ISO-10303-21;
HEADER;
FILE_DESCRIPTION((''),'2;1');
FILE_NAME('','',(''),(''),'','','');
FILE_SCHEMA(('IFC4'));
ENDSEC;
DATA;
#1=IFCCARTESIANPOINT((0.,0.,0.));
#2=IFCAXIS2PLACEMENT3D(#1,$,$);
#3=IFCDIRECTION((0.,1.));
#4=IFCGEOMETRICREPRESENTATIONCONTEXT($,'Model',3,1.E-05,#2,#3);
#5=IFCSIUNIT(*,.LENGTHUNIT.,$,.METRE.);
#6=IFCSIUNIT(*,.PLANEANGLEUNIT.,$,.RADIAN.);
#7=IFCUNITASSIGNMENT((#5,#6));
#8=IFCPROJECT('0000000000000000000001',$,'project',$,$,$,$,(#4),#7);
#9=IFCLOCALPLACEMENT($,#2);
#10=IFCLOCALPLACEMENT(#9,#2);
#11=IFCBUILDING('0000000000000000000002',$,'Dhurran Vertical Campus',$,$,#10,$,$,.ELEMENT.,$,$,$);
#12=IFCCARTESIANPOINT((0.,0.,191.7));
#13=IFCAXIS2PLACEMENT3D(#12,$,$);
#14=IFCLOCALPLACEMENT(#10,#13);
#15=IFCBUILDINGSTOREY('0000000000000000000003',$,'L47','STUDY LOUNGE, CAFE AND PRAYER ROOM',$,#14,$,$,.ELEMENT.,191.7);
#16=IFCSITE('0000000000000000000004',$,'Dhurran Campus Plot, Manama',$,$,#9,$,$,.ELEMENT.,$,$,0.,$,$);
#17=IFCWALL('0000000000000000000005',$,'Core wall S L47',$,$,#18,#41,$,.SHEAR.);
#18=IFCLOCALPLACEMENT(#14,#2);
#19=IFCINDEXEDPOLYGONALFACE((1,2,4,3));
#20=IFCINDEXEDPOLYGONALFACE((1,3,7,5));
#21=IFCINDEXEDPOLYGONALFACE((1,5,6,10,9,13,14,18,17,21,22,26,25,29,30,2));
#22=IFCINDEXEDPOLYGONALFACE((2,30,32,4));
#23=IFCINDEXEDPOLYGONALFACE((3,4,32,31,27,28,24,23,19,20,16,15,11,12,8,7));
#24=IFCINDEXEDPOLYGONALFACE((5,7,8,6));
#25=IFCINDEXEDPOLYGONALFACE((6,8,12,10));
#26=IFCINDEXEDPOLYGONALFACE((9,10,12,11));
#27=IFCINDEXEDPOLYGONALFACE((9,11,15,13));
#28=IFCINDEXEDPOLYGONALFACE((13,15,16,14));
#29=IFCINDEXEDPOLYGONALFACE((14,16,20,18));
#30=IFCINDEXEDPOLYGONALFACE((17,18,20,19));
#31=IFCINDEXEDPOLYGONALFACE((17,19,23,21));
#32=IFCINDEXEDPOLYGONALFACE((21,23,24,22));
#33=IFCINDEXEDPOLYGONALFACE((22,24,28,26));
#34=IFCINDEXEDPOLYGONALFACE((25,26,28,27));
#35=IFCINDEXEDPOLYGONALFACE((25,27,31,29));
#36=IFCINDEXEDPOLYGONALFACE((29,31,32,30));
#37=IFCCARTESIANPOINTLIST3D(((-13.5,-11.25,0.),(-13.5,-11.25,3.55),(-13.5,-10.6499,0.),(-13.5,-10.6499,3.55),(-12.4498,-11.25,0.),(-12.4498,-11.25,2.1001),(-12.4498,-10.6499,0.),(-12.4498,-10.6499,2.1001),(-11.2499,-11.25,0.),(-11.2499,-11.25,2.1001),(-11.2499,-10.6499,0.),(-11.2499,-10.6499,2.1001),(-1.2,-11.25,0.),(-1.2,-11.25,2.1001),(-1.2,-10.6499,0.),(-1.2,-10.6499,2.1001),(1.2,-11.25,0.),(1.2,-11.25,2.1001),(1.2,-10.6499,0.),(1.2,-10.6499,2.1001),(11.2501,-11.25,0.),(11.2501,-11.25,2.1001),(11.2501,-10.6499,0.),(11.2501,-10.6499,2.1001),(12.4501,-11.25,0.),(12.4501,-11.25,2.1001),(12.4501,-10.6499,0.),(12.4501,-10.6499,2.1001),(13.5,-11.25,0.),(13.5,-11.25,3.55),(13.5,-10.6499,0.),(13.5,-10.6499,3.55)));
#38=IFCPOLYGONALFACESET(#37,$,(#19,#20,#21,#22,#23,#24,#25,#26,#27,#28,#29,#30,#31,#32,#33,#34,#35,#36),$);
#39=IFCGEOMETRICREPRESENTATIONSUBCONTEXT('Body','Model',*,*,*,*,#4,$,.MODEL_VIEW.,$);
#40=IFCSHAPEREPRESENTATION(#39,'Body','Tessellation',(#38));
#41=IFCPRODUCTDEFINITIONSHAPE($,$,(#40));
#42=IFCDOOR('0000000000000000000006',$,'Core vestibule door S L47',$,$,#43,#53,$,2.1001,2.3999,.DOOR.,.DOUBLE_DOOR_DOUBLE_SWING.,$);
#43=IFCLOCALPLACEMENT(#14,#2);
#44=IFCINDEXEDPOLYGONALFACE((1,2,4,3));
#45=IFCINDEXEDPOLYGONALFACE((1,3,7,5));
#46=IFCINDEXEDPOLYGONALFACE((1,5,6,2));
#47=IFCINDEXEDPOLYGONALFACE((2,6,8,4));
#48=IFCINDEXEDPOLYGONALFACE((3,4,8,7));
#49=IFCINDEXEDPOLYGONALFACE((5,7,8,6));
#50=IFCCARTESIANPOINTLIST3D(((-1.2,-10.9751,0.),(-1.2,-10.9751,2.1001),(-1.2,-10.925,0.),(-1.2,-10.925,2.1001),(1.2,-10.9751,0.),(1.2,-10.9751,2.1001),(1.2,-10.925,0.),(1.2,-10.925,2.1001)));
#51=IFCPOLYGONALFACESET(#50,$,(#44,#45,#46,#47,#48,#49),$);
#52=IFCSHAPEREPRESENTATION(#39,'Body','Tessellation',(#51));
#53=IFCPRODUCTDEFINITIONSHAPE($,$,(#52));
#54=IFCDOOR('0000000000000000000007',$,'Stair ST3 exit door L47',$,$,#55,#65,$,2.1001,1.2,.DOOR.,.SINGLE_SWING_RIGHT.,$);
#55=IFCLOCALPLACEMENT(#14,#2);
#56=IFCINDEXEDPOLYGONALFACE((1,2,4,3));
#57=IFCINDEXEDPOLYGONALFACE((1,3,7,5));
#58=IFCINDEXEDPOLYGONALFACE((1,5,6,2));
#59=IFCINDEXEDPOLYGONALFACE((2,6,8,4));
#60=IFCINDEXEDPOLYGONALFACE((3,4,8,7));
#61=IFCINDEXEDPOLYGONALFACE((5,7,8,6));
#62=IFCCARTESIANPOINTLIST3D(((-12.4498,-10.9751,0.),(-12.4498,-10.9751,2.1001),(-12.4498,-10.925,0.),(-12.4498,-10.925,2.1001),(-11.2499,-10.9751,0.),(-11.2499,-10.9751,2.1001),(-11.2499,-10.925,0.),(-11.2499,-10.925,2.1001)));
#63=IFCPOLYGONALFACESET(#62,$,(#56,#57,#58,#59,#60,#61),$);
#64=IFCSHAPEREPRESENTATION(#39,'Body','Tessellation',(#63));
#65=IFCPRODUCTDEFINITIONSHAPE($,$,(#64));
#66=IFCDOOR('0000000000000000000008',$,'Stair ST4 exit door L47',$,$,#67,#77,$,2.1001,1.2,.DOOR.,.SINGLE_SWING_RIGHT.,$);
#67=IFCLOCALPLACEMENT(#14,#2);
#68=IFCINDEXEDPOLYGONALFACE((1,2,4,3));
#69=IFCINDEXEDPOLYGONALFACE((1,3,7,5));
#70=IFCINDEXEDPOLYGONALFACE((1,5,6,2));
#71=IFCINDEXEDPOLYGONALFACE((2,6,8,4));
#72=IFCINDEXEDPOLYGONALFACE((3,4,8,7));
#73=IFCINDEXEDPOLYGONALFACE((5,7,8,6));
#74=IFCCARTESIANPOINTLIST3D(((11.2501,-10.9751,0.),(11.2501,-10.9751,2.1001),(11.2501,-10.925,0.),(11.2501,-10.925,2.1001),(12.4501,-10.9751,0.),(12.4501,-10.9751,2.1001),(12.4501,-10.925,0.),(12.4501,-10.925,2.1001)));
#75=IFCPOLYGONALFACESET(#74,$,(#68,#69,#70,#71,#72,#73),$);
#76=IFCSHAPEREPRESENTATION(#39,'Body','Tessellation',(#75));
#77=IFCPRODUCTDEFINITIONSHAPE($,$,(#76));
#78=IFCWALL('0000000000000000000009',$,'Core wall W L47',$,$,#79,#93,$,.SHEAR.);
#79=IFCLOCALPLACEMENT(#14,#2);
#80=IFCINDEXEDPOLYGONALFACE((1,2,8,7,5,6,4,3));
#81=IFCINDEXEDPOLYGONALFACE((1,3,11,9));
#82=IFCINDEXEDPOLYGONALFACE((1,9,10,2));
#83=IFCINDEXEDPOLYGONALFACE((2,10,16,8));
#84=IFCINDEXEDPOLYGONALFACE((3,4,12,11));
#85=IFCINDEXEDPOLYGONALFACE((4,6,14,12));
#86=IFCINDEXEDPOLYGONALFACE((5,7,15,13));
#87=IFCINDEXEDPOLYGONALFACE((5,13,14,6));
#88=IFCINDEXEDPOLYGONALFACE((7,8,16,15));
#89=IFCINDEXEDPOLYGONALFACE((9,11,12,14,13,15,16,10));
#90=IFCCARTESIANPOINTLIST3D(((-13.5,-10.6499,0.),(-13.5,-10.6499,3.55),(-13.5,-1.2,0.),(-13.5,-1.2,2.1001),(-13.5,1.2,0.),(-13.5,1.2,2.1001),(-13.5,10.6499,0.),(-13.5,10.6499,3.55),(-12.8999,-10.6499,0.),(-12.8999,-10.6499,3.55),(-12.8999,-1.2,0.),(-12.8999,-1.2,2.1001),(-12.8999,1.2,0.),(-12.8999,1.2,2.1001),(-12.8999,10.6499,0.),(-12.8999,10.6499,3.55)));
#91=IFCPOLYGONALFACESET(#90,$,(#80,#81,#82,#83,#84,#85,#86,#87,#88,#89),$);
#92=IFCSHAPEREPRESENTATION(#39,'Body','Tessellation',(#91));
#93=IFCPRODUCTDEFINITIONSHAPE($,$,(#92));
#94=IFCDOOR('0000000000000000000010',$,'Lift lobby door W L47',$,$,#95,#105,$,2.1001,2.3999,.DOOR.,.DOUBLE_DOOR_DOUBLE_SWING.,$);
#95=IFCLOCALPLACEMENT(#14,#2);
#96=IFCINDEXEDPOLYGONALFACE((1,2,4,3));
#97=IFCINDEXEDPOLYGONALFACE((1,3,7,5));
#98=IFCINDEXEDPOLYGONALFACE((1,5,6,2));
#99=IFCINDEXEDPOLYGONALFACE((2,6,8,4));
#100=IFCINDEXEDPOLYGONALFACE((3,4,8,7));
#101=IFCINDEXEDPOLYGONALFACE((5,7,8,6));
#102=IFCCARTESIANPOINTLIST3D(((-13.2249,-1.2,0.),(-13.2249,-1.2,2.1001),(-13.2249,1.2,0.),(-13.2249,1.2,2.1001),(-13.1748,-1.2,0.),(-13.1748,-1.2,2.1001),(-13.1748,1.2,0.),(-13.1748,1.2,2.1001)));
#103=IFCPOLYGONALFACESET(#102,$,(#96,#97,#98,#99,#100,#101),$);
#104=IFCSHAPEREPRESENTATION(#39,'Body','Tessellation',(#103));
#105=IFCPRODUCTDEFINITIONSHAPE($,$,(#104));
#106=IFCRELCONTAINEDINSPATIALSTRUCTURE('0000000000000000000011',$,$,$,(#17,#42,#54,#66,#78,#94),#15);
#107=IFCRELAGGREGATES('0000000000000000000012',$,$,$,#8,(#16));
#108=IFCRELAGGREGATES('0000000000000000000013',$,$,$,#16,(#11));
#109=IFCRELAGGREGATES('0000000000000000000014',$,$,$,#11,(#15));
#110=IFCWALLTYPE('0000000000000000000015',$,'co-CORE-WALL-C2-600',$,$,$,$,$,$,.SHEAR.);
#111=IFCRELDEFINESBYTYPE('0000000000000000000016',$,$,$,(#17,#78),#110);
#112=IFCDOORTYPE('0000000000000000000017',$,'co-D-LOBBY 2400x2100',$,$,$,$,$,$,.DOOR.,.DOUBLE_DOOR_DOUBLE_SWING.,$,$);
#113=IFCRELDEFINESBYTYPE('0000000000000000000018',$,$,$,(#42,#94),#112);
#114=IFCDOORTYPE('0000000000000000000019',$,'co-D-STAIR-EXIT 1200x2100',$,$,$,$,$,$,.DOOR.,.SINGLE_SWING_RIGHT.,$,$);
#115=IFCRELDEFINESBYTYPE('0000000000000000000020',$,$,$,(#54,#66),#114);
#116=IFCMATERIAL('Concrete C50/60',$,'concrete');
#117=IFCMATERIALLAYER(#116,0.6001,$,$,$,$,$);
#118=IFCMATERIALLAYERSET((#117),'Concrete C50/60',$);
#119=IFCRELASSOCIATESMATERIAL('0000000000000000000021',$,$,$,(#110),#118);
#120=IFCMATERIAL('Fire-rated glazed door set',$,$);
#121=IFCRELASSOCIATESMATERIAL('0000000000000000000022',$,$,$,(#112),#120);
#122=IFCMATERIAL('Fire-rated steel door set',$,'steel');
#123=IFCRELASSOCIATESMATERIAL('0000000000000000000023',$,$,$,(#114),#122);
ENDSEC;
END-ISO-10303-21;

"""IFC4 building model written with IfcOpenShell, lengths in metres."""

from ifc_helpers import new_model, si_unit, direction, frame, frame_2d, origin, place, context, subcontext, project, spatial, rectangle, extrude, material, layer, layer_set, type_object, element, fill, save


model = new_model("IFC4")

# Units and contexts
model_context = context("Model", 3, precision=1e-05, world=origin(), true_north=direction((0.0, 1.0)))
body_context = subcontext(model_context, "Body", "Model", "MODEL_VIEW")
ifc_project = project(units=[si_unit("LENGTHUNIT", "METRE"), si_unit("PLANEANGLEUNIT", "RADIAN")], contexts=[model_context])

# Site, building, storey
site_placement = place(None, origin())
site = spatial("IfcSite", under=ifc_project, at=site_placement, Name="Dhurran Campus Plot, Manama", CompositionType="ELEMENT", RefElevation=0.0)
building_placement = place(site_placement, origin())
building = spatial("IfcBuilding", under=site, at=building_placement, Name="Dhurran Vertical Campus", CompositionType="ELEMENT")
storey_placement = place(building_placement, frame((0.0, 0.0, 191.7)))
storey = spatial("IfcBuildingStorey", under=building, at=storey_placement, Name="L47", Description="STUDY LOUNGE, CAFE AND PRAYER ROOM", CompositionType="ELEMENT", Elevation=191.7)

# Wall, openings, doors
ifc_material_1 = material(Name="Concrete C50/60", Category="concrete")
ifc_layer_1 = layer(ifc_material_1, 0.6001)
ifc_layer_set_1 = layer_set([ifc_layer_1], Name="Concrete C50/60")
wall_type_1 = type_object("IfcWallType", Name="co-CORE-WALL-C2-600", PredefinedType="SHEAR", material=ifc_layer_set_1)
wall_1_placement = place(storey_placement, frame((-13.5, -10.95, 0.0), z_axis=(0.0, 0.0, 1.0), x_axis=(1.0, 0.0, 0.0)))
wall_1 = element("IfcWall", 1, at=wall_1_placement, inside=storey, type_object=wall_type_1, Name="Core wall S L47", PredefinedType="SHEAR", context=body_context, shape_type="SweptSolid", body=[
    extrude(rectangle(XDim=27.0, YDim=0.6001, at=frame_2d((13.5, 0.0))), origin(), (0.0, 0.0, 1.0), 3.55),
])
opening_1_placement = place(wall_1_placement, frame((12.3, 0.0, 0.0)))
opening_1 = element("IfcOpeningElement", 2, at=opening_1_placement, cuts=wall_1, PredefinedType="OPENING", context=body_context, shape_type="SweptSolid", body=[
    extrude(rectangle(XDim=2.3999, YDim=2.1001, at=frame_2d((1.2, 1.05))), frame((0.0, 0.3101, 0.0), z_axis=(0.0, -1.0, 0.0), x_axis=(1.0, 0.0, 0.0)), (0.0, 0.0, 1.0), 0.6201),
])
opening_2_placement = place(wall_1_placement, frame((1.05, 0.0, 0.0)))
opening_2 = element("IfcOpeningElement", 3, at=opening_2_placement, cuts=wall_1, PredefinedType="OPENING", context=body_context, shape_type="SweptSolid", body=[
    extrude(rectangle(XDim=1.2, YDim=2.1001, at=frame_2d((0.6001, 1.05))), frame((0.0, 0.3101, 0.0), z_axis=(0.0, -1.0, 0.0), x_axis=(1.0, 0.0, 0.0)), (0.0, 0.0, 1.0), 0.6201),
])
opening_3_placement = place(wall_1_placement, frame((24.75, 0.0, 0.0)))
opening_3 = element("IfcOpeningElement", 4, at=opening_3_placement, cuts=wall_1, PredefinedType="OPENING", context=body_context, shape_type="SweptSolid", body=[
    extrude(rectangle(XDim=1.2, YDim=2.1001, at=frame_2d((0.6001, 1.05))), frame((0.0, 0.3101, 0.0), z_axis=(0.0, -1.0, 0.0), x_axis=(1.0, 0.0, 0.0)), (0.0, 0.0, 1.0), 0.6201),
])
ifc_material_2 = material(Name="Fire-rated glazed door set")
door_type_1 = type_object("IfcDoorType", Name="co-D-LOBBY 2400x2100", OperationType="DOUBLE_DOOR_DOUBLE_SWING", PredefinedType="DOOR", material=ifc_material_2)
door_1_placement = place(opening_1_placement, origin())
door_1 = element("IfcDoor", 5, at=door_1_placement, inside=storey, type_object=door_type_1, Name="Core vestibule door S L47", OperationType="DOUBLE_DOOR_DOUBLE_SWING", OverallHeight=2.1001, OverallWidth=2.3999, PredefinedType="DOOR", context=body_context, shape_type="SweptSolid", body=[
    extrude(rectangle(XDim=2.3999, YDim=2.1001, at=frame_2d((1.2, 1.05))), frame((0.0, 0.0249, 0.0), z_axis=(0.0, -1.0, 0.0), x_axis=(1.0, 0.0, 0.0)), (0.0, 0.0, 1.0), 0.05),
])
fill(opening_1, door_1)
ifc_material_3 = material(Name="Fire-rated steel door set", Category="steel")
door_type_2 = type_object("IfcDoorType", Name="co-D-STAIR-EXIT 1200x2100", OperationType="SINGLE_SWING_RIGHT", PredefinedType="DOOR", material=ifc_material_3)
door_2_placement = place(opening_2_placement, origin())
door_2 = element("IfcDoor", 6, at=door_2_placement, inside=storey, type_object=door_type_2, Name="Stair ST3 exit door L47", OperationType="SINGLE_SWING_RIGHT", OverallHeight=2.1001, OverallWidth=1.2, PredefinedType="DOOR", context=body_context, shape_type="SweptSolid", body=[
    extrude(rectangle(XDim=1.2, YDim=2.1001, at=frame_2d((0.6001, 1.05))), frame((0.0, 0.0249, 0.0), z_axis=(0.0, -1.0, 0.0), x_axis=(1.0, 0.0, 0.0)), (0.0, 0.0, 1.0), 0.05),
])
fill(opening_2, door_2)
door_3_placement = place(opening_3_placement, origin())
door_3 = element("IfcDoor", 7, at=door_3_placement, inside=storey, type_object=door_type_2, Name="Stair ST4 exit door L47", OperationType="SINGLE_SWING_RIGHT", OverallHeight=2.1001, OverallWidth=1.2, PredefinedType="DOOR", context=body_context, shape_type="SweptSolid", body=[
    extrude(rectangle(XDim=1.2, YDim=2.1001, at=frame_2d((0.6001, 1.05))), frame((0.0, 0.0249, 0.0), z_axis=(0.0, -1.0, 0.0), x_axis=(1.0, 0.0, 0.0)), (0.0, 0.0, 1.0), 0.05),
])
fill(opening_3, door_3)

# Wall, opening, door
wall_2_placement = place(storey_placement, frame((-13.2, -10.6499, 0.0), z_axis=(0.0, 0.0, 1.0), x_axis=(0.0, 1.0, 0.0)))
wall_2 = element("IfcWall", 8, at=wall_2_placement, inside=storey, type_object=wall_type_1, Name="Core wall W L47", PredefinedType="SHEAR", context=body_context, shape_type="SweptSolid", body=[
    extrude(rectangle(XDim=21.2998, YDim=0.6001, at=frame_2d((10.6499, 0.0))), origin(), (0.0, 0.0, 1.0), 3.55),
])
opening_4_placement = place(wall_2_placement, frame((9.45, 0.0, 0.0)))
opening_4 = element("IfcOpeningElement", 9, at=opening_4_placement, cuts=wall_2, PredefinedType="OPENING", context=body_context, shape_type="SweptSolid", body=[
    extrude(rectangle(XDim=2.3999, YDim=2.1001, at=frame_2d((1.2, 1.05))), frame((0.0, 0.3101, 0.0), z_axis=(0.0, -1.0, 0.0), x_axis=(1.0, 0.0, 0.0)), (0.0, 0.0, 1.0), 0.6201),
])
door_4_placement = place(opening_4_placement, origin())
door_4 = element("IfcDoor", 10, at=door_4_placement, inside=storey, type_object=door_type_1, Name="Lift lobby door W L47", OperationType="DOUBLE_DOOR_DOUBLE_SWING", OverallHeight=2.1001, OverallWidth=2.3999, PredefinedType="DOOR", context=body_context, shape_type="SweptSolid", body=[
    extrude(rectangle(XDim=2.3999, YDim=2.1001, at=frame_2d((1.2, 1.05))), frame((0.0, 0.0249, 0.0), z_axis=(0.0, -1.0, 0.0), x_axis=(1.0, 0.0, 0.0)), (0.0, 0.0, 1.0), 0.05),
])
fill(opening_4, door_4)

save(model, "model.ifc")
